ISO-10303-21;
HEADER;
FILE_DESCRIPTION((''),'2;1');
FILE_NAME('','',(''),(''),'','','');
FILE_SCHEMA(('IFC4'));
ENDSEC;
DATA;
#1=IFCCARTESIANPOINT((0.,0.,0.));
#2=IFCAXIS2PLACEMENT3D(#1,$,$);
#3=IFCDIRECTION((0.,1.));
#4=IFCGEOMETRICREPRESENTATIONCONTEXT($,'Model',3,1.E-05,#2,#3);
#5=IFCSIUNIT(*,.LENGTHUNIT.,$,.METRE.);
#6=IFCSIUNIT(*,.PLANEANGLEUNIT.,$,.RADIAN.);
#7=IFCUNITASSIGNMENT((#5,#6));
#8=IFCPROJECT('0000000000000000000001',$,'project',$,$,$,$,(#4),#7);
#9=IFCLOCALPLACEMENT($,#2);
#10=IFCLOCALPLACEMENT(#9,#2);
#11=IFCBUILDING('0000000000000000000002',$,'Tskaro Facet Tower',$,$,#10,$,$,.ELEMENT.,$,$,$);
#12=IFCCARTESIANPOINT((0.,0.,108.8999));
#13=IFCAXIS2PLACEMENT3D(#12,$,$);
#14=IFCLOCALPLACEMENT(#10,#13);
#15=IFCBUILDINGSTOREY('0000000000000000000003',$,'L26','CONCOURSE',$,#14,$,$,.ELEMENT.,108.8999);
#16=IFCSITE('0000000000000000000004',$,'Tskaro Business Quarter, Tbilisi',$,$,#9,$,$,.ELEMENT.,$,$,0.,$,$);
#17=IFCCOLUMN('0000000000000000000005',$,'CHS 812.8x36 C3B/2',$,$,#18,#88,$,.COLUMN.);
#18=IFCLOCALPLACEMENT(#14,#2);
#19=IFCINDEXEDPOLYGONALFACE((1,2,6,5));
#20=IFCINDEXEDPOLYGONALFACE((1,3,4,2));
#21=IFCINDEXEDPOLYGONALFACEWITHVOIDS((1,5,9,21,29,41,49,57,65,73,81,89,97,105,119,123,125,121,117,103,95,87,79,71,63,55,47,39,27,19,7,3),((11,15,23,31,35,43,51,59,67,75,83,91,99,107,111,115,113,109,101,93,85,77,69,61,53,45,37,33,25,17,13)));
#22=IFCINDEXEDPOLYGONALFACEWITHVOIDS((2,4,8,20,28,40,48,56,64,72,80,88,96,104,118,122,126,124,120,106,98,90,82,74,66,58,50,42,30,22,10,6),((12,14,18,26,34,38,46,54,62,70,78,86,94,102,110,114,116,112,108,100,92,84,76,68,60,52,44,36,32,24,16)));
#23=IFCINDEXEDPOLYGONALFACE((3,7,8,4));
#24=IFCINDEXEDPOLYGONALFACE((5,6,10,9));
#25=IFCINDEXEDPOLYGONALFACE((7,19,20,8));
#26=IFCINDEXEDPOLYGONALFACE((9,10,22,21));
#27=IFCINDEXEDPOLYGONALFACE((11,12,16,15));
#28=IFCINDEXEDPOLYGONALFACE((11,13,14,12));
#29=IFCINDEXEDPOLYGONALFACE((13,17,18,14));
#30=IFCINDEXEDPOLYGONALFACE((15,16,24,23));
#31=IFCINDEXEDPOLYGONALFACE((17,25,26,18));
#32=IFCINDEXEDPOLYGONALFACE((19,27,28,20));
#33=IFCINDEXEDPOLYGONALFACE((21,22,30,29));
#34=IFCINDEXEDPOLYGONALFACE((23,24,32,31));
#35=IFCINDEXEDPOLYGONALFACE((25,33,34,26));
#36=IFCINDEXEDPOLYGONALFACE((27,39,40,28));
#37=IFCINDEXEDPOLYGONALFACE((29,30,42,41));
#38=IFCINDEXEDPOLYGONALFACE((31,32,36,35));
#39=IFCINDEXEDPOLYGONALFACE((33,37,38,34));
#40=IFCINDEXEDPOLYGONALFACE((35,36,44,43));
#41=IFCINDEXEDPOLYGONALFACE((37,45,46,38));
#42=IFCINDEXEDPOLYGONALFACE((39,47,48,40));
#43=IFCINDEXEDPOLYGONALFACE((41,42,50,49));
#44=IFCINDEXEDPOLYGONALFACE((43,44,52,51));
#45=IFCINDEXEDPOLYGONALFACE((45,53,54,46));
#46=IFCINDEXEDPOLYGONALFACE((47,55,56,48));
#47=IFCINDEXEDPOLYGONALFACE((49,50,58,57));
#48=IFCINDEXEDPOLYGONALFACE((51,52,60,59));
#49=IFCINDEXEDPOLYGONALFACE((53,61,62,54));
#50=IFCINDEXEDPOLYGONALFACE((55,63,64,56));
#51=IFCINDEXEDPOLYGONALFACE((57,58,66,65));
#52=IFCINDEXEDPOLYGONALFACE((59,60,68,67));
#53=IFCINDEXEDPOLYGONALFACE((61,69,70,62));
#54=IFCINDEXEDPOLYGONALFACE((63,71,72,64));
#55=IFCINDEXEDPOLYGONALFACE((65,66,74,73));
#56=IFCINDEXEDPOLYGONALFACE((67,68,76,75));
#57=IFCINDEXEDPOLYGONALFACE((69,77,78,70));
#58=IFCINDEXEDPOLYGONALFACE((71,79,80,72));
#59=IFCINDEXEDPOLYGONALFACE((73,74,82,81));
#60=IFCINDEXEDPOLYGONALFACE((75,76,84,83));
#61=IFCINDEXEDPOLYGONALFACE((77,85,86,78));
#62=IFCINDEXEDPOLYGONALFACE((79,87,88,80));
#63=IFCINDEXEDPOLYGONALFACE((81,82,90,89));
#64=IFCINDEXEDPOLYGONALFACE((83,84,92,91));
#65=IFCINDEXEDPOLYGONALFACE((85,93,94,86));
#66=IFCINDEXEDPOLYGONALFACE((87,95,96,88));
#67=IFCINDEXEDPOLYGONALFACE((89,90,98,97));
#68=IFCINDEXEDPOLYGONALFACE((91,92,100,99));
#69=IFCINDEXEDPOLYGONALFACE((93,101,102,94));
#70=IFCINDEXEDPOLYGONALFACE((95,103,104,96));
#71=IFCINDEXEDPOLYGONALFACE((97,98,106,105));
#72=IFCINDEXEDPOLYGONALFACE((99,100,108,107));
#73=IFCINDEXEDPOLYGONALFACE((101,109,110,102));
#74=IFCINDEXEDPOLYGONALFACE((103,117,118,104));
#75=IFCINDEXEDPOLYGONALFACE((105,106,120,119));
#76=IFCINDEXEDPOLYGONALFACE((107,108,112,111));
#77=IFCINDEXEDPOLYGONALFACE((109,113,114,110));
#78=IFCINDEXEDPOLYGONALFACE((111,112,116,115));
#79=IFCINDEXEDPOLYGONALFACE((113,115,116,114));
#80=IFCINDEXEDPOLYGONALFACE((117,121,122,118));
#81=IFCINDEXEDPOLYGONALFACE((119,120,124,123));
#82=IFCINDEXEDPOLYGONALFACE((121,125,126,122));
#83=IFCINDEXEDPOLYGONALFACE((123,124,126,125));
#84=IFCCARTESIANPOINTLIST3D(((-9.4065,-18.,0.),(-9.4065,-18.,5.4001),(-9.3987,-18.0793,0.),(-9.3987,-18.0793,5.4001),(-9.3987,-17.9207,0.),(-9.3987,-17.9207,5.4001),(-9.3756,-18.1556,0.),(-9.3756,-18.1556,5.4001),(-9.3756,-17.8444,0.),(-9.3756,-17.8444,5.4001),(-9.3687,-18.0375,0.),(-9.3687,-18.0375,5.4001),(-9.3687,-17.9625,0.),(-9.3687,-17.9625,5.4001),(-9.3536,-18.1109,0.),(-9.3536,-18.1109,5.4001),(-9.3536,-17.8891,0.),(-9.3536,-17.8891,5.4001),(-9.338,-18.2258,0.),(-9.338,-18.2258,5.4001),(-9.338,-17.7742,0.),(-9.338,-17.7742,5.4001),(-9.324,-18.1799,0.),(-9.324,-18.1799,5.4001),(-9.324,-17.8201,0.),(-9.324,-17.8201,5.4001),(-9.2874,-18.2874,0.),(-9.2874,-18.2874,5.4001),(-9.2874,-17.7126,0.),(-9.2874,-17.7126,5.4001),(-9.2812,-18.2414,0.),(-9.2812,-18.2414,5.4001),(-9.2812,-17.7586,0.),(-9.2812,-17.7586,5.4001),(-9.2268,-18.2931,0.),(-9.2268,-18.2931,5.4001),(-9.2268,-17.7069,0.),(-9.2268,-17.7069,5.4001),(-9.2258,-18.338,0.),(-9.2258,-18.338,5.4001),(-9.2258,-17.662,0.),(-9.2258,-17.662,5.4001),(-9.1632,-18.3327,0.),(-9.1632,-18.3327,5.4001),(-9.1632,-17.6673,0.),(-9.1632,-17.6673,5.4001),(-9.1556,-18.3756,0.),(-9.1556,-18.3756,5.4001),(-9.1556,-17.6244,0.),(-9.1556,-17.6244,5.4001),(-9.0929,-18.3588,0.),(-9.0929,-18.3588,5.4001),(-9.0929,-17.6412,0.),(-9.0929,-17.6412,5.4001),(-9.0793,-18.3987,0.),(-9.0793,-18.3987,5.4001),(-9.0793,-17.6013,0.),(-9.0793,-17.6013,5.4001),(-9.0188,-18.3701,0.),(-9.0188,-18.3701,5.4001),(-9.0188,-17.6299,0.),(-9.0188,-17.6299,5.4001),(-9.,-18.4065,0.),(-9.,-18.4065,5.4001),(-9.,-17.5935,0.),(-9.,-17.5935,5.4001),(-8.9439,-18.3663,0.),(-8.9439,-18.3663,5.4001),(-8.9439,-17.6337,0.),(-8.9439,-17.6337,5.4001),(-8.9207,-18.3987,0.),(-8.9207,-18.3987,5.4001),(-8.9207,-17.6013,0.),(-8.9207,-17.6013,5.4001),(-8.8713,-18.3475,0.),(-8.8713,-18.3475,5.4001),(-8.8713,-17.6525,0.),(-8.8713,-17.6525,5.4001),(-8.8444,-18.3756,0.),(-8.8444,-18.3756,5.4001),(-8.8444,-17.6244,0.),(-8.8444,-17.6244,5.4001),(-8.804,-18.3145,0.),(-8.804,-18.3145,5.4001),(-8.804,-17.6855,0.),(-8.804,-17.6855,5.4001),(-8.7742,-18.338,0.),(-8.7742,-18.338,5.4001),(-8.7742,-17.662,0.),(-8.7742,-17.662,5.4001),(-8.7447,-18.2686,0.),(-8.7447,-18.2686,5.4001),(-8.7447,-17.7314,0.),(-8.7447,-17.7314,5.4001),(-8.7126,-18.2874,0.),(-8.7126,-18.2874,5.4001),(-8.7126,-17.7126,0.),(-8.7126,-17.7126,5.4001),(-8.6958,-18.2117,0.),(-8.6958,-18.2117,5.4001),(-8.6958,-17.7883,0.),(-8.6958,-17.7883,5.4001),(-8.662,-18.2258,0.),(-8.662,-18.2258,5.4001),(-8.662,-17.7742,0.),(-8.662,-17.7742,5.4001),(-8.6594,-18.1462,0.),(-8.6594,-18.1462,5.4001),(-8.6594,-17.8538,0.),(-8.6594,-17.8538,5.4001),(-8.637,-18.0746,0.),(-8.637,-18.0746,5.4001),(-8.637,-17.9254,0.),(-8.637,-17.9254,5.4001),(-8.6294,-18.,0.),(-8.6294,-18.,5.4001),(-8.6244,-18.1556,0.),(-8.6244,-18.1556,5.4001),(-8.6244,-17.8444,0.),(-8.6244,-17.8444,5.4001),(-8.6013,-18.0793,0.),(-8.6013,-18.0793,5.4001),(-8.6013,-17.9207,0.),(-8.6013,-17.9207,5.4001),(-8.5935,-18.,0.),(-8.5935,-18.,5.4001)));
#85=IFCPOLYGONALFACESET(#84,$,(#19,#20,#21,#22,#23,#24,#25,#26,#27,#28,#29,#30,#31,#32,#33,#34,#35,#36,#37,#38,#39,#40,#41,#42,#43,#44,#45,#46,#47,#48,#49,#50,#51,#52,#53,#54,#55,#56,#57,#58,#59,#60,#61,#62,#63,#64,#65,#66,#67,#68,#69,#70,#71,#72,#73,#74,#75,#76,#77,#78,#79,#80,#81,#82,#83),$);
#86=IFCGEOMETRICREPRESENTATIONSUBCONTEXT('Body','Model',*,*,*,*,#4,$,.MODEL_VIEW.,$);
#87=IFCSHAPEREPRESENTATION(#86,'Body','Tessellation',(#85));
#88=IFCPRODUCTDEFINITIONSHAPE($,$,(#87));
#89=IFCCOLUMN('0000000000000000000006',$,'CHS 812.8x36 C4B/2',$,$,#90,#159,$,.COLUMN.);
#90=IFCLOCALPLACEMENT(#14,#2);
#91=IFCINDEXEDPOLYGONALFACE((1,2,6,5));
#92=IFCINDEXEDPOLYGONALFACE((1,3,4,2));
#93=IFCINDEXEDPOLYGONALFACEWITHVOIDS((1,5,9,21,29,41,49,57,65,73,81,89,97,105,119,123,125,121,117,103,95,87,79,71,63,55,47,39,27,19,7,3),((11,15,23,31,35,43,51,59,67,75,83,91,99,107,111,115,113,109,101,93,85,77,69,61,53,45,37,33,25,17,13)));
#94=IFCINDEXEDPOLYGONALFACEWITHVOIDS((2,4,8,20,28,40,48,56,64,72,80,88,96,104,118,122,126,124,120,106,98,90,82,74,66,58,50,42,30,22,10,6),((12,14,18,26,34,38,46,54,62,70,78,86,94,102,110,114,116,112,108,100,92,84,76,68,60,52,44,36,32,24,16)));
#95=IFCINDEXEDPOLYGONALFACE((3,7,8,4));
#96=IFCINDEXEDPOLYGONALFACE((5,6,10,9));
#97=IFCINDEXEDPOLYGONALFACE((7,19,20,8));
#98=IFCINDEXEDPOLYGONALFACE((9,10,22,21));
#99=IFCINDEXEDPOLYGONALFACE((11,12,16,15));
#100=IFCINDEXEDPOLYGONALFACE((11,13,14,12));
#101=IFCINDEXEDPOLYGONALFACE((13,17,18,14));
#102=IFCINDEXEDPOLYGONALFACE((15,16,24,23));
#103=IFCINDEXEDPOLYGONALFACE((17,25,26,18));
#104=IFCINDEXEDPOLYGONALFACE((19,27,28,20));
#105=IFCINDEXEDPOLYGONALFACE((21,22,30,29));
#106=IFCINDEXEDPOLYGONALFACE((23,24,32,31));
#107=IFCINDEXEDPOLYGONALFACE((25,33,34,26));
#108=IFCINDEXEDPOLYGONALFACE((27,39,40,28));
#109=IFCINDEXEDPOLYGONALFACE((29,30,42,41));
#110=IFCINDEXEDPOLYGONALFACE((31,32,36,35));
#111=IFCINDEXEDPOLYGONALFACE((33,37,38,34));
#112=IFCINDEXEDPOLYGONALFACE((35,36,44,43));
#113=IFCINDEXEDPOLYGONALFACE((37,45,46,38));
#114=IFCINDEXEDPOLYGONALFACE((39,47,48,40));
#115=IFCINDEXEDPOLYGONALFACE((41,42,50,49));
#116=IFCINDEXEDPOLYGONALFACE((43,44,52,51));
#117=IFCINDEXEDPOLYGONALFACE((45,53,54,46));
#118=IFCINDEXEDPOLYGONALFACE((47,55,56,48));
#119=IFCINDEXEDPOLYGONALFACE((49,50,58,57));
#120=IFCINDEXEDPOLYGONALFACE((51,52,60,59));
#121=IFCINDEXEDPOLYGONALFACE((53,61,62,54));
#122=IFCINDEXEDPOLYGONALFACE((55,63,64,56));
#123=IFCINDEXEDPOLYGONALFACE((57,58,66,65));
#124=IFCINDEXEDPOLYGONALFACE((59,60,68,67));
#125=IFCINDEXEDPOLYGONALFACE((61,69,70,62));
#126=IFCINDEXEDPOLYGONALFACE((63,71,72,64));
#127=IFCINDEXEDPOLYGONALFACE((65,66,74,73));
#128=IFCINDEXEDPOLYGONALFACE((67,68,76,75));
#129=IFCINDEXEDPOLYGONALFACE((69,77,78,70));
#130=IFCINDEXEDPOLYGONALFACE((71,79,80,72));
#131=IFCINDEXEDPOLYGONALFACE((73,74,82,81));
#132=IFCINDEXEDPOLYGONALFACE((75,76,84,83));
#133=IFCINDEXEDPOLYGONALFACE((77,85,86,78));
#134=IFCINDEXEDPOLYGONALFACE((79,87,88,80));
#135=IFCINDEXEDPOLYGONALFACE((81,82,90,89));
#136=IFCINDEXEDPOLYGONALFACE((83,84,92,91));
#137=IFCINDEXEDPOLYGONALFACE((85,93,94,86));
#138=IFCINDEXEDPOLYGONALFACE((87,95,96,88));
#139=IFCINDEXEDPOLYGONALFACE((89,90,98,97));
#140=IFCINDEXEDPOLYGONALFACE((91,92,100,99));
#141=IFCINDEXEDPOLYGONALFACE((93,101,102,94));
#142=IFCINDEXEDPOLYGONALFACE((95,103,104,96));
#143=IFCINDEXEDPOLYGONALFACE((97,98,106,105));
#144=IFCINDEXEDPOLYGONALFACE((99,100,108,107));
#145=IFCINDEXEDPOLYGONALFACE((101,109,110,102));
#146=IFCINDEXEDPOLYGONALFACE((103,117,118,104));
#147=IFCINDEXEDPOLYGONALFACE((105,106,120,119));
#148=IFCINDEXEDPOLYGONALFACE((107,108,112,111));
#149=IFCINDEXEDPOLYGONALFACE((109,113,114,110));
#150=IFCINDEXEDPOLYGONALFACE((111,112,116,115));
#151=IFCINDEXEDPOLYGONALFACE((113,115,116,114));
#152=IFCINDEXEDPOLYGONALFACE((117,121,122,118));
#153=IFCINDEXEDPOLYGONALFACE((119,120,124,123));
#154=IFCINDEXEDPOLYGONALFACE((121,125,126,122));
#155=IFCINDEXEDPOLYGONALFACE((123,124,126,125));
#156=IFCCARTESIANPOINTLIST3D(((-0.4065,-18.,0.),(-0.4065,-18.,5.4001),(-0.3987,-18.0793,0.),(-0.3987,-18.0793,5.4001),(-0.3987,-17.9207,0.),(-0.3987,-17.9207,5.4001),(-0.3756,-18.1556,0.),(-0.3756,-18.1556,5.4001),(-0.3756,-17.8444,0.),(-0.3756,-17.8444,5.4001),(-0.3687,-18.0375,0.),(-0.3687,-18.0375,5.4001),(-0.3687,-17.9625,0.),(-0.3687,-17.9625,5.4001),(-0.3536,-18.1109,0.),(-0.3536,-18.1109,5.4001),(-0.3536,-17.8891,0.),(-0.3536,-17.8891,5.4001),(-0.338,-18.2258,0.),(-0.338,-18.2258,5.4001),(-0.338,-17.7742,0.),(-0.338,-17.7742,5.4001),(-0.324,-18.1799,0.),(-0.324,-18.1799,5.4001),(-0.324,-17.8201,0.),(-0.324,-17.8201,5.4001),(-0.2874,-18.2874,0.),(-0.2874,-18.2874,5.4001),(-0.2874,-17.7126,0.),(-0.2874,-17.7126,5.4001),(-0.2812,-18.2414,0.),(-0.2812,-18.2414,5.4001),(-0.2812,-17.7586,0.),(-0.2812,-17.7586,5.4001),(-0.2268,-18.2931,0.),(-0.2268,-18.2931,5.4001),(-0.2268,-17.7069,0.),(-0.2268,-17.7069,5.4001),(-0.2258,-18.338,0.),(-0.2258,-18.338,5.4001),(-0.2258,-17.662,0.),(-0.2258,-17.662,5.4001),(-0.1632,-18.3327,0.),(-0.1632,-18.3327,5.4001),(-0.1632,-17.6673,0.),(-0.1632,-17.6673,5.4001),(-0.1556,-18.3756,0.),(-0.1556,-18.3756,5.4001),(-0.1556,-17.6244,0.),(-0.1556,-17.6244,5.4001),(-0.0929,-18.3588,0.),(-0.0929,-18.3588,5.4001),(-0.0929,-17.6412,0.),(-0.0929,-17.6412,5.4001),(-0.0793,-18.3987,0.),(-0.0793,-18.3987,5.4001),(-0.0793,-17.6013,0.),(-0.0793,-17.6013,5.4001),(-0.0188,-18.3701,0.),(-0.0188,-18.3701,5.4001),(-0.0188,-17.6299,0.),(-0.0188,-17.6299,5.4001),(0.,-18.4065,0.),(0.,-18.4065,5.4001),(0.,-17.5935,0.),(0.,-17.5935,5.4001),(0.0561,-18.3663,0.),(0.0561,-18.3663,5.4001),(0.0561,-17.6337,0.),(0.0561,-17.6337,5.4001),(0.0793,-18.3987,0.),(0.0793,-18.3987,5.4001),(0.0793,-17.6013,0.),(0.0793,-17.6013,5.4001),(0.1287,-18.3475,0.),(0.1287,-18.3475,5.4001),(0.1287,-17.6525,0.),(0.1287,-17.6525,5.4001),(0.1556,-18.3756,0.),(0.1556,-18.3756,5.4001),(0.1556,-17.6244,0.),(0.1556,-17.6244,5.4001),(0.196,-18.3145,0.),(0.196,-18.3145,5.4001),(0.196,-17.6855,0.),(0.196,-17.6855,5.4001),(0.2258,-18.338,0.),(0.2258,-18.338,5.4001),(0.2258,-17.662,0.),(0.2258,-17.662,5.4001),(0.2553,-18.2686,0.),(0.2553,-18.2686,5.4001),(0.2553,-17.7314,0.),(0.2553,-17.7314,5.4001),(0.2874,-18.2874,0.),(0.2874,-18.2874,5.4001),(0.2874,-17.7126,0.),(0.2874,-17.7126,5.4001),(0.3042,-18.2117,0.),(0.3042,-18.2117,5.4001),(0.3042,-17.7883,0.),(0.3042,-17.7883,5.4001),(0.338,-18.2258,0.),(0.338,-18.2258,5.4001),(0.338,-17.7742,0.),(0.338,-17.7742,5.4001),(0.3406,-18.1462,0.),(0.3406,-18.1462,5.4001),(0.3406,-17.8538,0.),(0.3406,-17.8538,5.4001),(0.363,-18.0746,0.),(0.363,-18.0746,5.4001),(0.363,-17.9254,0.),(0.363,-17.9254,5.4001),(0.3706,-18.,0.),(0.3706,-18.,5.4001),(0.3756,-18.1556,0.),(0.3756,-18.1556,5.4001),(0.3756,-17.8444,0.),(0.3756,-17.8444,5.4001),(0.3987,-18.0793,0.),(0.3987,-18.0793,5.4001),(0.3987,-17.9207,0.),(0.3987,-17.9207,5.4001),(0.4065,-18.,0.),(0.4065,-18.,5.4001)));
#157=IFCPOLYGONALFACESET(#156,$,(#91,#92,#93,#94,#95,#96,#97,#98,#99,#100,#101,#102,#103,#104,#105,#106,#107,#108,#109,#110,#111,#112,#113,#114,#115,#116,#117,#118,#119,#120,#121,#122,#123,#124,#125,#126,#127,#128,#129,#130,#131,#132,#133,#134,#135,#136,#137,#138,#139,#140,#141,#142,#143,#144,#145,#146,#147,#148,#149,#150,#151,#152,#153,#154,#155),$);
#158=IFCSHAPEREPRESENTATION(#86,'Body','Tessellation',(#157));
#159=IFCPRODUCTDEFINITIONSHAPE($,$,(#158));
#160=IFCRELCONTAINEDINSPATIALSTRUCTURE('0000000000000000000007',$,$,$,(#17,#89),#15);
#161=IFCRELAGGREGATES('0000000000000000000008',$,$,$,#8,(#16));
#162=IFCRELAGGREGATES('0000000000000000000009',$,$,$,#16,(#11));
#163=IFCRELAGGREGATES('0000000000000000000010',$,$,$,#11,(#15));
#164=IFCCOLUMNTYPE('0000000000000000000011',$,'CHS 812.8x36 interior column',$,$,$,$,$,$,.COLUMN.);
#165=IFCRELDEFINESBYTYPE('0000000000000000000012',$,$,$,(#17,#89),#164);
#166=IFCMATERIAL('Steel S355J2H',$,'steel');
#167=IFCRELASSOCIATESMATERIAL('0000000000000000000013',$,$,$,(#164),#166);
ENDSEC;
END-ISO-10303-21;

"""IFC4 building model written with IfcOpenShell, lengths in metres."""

from ifc_helpers import new_model, si_unit, direction, frame, origin, origin_2d, place, context, subcontext, project, spatial, hollow_circle, extrude, material, material_profile, profile_set, type_object, element, save


model = new_model("IFC4")

# Units and contexts
model_context = context("Model", 3, precision=1e-05, world=origin(), true_north=direction((0.0, 1.0)))
body_context = subcontext(model_context, "Body", "Model", "MODEL_VIEW")
ifc_project = project(units=[si_unit("LENGTHUNIT", "METRE"), si_unit("PLANEANGLEUNIT", "RADIAN")], contexts=[model_context])

# Site, building, storey
site_placement = place(None, origin())
site = spatial("IfcSite", under=ifc_project, at=site_placement, Name="Tskaro Business Quarter, Tbilisi", CompositionType="ELEMENT", RefElevation=0.0)
building_placement = place(site_placement, origin())
building = spatial("IfcBuilding", under=site, at=building_placement, Name="Tskaro Facet Tower", CompositionType="ELEMENT")
storey_placement = place(building_placement, frame((0.0, 0.0, 108.8999)))
storey = spatial("IfcBuildingStorey", under=building, at=storey_placement, Name="L26", Description="CONCOURSE", CompositionType="ELEMENT", Elevation=108.8999)

# Columns
ifc_material_1 = material(Name="Steel S355J2H", Category="steel")
ifc_material_profile_1 = material_profile(ifc_material_1, hollow_circle(Radius=0.4065, WallThickness=0.0359, at=origin_2d()), Name="CHS 812.8x36")
ifc_profile_set_1 = profile_set([ifc_material_profile_1], Name="Steel S355J2H")
column_type_1 = type_object("IfcColumnType", Name="CHS 812.8x36 interior column", PredefinedType="COLUMN", material=ifc_profile_set_1)
for number, where, z_axis, x_axis, name in (
    (1, (-9.0, -18.0, 0.0), (0.0, 0.0, 1.0), (1.0, 0.0, 0.0), "CHS 812.8x36 C3B/2"),
    (2, (0.0, -18.0, 0.0), (0.0, 0.0, 1.0), (1.0, 0.0, 0.0), "CHS 812.8x36 C4B/2"),
):
    element("IfcColumn", number, at=place(storey_placement, frame(where, z_axis=z_axis, x_axis=x_axis)), inside=storey, type_object=column_type_1, Name=name, PredefinedType="COLUMN", context=body_context, shape_type="SweptSolid", body=[
        extrude(hollow_circle(Radius=0.4065, WallThickness=0.0359, at=origin_2d()), origin(), (0.0, 0.0, 1.0), 5.4001),
    ])

save(model, "model.ifc")
